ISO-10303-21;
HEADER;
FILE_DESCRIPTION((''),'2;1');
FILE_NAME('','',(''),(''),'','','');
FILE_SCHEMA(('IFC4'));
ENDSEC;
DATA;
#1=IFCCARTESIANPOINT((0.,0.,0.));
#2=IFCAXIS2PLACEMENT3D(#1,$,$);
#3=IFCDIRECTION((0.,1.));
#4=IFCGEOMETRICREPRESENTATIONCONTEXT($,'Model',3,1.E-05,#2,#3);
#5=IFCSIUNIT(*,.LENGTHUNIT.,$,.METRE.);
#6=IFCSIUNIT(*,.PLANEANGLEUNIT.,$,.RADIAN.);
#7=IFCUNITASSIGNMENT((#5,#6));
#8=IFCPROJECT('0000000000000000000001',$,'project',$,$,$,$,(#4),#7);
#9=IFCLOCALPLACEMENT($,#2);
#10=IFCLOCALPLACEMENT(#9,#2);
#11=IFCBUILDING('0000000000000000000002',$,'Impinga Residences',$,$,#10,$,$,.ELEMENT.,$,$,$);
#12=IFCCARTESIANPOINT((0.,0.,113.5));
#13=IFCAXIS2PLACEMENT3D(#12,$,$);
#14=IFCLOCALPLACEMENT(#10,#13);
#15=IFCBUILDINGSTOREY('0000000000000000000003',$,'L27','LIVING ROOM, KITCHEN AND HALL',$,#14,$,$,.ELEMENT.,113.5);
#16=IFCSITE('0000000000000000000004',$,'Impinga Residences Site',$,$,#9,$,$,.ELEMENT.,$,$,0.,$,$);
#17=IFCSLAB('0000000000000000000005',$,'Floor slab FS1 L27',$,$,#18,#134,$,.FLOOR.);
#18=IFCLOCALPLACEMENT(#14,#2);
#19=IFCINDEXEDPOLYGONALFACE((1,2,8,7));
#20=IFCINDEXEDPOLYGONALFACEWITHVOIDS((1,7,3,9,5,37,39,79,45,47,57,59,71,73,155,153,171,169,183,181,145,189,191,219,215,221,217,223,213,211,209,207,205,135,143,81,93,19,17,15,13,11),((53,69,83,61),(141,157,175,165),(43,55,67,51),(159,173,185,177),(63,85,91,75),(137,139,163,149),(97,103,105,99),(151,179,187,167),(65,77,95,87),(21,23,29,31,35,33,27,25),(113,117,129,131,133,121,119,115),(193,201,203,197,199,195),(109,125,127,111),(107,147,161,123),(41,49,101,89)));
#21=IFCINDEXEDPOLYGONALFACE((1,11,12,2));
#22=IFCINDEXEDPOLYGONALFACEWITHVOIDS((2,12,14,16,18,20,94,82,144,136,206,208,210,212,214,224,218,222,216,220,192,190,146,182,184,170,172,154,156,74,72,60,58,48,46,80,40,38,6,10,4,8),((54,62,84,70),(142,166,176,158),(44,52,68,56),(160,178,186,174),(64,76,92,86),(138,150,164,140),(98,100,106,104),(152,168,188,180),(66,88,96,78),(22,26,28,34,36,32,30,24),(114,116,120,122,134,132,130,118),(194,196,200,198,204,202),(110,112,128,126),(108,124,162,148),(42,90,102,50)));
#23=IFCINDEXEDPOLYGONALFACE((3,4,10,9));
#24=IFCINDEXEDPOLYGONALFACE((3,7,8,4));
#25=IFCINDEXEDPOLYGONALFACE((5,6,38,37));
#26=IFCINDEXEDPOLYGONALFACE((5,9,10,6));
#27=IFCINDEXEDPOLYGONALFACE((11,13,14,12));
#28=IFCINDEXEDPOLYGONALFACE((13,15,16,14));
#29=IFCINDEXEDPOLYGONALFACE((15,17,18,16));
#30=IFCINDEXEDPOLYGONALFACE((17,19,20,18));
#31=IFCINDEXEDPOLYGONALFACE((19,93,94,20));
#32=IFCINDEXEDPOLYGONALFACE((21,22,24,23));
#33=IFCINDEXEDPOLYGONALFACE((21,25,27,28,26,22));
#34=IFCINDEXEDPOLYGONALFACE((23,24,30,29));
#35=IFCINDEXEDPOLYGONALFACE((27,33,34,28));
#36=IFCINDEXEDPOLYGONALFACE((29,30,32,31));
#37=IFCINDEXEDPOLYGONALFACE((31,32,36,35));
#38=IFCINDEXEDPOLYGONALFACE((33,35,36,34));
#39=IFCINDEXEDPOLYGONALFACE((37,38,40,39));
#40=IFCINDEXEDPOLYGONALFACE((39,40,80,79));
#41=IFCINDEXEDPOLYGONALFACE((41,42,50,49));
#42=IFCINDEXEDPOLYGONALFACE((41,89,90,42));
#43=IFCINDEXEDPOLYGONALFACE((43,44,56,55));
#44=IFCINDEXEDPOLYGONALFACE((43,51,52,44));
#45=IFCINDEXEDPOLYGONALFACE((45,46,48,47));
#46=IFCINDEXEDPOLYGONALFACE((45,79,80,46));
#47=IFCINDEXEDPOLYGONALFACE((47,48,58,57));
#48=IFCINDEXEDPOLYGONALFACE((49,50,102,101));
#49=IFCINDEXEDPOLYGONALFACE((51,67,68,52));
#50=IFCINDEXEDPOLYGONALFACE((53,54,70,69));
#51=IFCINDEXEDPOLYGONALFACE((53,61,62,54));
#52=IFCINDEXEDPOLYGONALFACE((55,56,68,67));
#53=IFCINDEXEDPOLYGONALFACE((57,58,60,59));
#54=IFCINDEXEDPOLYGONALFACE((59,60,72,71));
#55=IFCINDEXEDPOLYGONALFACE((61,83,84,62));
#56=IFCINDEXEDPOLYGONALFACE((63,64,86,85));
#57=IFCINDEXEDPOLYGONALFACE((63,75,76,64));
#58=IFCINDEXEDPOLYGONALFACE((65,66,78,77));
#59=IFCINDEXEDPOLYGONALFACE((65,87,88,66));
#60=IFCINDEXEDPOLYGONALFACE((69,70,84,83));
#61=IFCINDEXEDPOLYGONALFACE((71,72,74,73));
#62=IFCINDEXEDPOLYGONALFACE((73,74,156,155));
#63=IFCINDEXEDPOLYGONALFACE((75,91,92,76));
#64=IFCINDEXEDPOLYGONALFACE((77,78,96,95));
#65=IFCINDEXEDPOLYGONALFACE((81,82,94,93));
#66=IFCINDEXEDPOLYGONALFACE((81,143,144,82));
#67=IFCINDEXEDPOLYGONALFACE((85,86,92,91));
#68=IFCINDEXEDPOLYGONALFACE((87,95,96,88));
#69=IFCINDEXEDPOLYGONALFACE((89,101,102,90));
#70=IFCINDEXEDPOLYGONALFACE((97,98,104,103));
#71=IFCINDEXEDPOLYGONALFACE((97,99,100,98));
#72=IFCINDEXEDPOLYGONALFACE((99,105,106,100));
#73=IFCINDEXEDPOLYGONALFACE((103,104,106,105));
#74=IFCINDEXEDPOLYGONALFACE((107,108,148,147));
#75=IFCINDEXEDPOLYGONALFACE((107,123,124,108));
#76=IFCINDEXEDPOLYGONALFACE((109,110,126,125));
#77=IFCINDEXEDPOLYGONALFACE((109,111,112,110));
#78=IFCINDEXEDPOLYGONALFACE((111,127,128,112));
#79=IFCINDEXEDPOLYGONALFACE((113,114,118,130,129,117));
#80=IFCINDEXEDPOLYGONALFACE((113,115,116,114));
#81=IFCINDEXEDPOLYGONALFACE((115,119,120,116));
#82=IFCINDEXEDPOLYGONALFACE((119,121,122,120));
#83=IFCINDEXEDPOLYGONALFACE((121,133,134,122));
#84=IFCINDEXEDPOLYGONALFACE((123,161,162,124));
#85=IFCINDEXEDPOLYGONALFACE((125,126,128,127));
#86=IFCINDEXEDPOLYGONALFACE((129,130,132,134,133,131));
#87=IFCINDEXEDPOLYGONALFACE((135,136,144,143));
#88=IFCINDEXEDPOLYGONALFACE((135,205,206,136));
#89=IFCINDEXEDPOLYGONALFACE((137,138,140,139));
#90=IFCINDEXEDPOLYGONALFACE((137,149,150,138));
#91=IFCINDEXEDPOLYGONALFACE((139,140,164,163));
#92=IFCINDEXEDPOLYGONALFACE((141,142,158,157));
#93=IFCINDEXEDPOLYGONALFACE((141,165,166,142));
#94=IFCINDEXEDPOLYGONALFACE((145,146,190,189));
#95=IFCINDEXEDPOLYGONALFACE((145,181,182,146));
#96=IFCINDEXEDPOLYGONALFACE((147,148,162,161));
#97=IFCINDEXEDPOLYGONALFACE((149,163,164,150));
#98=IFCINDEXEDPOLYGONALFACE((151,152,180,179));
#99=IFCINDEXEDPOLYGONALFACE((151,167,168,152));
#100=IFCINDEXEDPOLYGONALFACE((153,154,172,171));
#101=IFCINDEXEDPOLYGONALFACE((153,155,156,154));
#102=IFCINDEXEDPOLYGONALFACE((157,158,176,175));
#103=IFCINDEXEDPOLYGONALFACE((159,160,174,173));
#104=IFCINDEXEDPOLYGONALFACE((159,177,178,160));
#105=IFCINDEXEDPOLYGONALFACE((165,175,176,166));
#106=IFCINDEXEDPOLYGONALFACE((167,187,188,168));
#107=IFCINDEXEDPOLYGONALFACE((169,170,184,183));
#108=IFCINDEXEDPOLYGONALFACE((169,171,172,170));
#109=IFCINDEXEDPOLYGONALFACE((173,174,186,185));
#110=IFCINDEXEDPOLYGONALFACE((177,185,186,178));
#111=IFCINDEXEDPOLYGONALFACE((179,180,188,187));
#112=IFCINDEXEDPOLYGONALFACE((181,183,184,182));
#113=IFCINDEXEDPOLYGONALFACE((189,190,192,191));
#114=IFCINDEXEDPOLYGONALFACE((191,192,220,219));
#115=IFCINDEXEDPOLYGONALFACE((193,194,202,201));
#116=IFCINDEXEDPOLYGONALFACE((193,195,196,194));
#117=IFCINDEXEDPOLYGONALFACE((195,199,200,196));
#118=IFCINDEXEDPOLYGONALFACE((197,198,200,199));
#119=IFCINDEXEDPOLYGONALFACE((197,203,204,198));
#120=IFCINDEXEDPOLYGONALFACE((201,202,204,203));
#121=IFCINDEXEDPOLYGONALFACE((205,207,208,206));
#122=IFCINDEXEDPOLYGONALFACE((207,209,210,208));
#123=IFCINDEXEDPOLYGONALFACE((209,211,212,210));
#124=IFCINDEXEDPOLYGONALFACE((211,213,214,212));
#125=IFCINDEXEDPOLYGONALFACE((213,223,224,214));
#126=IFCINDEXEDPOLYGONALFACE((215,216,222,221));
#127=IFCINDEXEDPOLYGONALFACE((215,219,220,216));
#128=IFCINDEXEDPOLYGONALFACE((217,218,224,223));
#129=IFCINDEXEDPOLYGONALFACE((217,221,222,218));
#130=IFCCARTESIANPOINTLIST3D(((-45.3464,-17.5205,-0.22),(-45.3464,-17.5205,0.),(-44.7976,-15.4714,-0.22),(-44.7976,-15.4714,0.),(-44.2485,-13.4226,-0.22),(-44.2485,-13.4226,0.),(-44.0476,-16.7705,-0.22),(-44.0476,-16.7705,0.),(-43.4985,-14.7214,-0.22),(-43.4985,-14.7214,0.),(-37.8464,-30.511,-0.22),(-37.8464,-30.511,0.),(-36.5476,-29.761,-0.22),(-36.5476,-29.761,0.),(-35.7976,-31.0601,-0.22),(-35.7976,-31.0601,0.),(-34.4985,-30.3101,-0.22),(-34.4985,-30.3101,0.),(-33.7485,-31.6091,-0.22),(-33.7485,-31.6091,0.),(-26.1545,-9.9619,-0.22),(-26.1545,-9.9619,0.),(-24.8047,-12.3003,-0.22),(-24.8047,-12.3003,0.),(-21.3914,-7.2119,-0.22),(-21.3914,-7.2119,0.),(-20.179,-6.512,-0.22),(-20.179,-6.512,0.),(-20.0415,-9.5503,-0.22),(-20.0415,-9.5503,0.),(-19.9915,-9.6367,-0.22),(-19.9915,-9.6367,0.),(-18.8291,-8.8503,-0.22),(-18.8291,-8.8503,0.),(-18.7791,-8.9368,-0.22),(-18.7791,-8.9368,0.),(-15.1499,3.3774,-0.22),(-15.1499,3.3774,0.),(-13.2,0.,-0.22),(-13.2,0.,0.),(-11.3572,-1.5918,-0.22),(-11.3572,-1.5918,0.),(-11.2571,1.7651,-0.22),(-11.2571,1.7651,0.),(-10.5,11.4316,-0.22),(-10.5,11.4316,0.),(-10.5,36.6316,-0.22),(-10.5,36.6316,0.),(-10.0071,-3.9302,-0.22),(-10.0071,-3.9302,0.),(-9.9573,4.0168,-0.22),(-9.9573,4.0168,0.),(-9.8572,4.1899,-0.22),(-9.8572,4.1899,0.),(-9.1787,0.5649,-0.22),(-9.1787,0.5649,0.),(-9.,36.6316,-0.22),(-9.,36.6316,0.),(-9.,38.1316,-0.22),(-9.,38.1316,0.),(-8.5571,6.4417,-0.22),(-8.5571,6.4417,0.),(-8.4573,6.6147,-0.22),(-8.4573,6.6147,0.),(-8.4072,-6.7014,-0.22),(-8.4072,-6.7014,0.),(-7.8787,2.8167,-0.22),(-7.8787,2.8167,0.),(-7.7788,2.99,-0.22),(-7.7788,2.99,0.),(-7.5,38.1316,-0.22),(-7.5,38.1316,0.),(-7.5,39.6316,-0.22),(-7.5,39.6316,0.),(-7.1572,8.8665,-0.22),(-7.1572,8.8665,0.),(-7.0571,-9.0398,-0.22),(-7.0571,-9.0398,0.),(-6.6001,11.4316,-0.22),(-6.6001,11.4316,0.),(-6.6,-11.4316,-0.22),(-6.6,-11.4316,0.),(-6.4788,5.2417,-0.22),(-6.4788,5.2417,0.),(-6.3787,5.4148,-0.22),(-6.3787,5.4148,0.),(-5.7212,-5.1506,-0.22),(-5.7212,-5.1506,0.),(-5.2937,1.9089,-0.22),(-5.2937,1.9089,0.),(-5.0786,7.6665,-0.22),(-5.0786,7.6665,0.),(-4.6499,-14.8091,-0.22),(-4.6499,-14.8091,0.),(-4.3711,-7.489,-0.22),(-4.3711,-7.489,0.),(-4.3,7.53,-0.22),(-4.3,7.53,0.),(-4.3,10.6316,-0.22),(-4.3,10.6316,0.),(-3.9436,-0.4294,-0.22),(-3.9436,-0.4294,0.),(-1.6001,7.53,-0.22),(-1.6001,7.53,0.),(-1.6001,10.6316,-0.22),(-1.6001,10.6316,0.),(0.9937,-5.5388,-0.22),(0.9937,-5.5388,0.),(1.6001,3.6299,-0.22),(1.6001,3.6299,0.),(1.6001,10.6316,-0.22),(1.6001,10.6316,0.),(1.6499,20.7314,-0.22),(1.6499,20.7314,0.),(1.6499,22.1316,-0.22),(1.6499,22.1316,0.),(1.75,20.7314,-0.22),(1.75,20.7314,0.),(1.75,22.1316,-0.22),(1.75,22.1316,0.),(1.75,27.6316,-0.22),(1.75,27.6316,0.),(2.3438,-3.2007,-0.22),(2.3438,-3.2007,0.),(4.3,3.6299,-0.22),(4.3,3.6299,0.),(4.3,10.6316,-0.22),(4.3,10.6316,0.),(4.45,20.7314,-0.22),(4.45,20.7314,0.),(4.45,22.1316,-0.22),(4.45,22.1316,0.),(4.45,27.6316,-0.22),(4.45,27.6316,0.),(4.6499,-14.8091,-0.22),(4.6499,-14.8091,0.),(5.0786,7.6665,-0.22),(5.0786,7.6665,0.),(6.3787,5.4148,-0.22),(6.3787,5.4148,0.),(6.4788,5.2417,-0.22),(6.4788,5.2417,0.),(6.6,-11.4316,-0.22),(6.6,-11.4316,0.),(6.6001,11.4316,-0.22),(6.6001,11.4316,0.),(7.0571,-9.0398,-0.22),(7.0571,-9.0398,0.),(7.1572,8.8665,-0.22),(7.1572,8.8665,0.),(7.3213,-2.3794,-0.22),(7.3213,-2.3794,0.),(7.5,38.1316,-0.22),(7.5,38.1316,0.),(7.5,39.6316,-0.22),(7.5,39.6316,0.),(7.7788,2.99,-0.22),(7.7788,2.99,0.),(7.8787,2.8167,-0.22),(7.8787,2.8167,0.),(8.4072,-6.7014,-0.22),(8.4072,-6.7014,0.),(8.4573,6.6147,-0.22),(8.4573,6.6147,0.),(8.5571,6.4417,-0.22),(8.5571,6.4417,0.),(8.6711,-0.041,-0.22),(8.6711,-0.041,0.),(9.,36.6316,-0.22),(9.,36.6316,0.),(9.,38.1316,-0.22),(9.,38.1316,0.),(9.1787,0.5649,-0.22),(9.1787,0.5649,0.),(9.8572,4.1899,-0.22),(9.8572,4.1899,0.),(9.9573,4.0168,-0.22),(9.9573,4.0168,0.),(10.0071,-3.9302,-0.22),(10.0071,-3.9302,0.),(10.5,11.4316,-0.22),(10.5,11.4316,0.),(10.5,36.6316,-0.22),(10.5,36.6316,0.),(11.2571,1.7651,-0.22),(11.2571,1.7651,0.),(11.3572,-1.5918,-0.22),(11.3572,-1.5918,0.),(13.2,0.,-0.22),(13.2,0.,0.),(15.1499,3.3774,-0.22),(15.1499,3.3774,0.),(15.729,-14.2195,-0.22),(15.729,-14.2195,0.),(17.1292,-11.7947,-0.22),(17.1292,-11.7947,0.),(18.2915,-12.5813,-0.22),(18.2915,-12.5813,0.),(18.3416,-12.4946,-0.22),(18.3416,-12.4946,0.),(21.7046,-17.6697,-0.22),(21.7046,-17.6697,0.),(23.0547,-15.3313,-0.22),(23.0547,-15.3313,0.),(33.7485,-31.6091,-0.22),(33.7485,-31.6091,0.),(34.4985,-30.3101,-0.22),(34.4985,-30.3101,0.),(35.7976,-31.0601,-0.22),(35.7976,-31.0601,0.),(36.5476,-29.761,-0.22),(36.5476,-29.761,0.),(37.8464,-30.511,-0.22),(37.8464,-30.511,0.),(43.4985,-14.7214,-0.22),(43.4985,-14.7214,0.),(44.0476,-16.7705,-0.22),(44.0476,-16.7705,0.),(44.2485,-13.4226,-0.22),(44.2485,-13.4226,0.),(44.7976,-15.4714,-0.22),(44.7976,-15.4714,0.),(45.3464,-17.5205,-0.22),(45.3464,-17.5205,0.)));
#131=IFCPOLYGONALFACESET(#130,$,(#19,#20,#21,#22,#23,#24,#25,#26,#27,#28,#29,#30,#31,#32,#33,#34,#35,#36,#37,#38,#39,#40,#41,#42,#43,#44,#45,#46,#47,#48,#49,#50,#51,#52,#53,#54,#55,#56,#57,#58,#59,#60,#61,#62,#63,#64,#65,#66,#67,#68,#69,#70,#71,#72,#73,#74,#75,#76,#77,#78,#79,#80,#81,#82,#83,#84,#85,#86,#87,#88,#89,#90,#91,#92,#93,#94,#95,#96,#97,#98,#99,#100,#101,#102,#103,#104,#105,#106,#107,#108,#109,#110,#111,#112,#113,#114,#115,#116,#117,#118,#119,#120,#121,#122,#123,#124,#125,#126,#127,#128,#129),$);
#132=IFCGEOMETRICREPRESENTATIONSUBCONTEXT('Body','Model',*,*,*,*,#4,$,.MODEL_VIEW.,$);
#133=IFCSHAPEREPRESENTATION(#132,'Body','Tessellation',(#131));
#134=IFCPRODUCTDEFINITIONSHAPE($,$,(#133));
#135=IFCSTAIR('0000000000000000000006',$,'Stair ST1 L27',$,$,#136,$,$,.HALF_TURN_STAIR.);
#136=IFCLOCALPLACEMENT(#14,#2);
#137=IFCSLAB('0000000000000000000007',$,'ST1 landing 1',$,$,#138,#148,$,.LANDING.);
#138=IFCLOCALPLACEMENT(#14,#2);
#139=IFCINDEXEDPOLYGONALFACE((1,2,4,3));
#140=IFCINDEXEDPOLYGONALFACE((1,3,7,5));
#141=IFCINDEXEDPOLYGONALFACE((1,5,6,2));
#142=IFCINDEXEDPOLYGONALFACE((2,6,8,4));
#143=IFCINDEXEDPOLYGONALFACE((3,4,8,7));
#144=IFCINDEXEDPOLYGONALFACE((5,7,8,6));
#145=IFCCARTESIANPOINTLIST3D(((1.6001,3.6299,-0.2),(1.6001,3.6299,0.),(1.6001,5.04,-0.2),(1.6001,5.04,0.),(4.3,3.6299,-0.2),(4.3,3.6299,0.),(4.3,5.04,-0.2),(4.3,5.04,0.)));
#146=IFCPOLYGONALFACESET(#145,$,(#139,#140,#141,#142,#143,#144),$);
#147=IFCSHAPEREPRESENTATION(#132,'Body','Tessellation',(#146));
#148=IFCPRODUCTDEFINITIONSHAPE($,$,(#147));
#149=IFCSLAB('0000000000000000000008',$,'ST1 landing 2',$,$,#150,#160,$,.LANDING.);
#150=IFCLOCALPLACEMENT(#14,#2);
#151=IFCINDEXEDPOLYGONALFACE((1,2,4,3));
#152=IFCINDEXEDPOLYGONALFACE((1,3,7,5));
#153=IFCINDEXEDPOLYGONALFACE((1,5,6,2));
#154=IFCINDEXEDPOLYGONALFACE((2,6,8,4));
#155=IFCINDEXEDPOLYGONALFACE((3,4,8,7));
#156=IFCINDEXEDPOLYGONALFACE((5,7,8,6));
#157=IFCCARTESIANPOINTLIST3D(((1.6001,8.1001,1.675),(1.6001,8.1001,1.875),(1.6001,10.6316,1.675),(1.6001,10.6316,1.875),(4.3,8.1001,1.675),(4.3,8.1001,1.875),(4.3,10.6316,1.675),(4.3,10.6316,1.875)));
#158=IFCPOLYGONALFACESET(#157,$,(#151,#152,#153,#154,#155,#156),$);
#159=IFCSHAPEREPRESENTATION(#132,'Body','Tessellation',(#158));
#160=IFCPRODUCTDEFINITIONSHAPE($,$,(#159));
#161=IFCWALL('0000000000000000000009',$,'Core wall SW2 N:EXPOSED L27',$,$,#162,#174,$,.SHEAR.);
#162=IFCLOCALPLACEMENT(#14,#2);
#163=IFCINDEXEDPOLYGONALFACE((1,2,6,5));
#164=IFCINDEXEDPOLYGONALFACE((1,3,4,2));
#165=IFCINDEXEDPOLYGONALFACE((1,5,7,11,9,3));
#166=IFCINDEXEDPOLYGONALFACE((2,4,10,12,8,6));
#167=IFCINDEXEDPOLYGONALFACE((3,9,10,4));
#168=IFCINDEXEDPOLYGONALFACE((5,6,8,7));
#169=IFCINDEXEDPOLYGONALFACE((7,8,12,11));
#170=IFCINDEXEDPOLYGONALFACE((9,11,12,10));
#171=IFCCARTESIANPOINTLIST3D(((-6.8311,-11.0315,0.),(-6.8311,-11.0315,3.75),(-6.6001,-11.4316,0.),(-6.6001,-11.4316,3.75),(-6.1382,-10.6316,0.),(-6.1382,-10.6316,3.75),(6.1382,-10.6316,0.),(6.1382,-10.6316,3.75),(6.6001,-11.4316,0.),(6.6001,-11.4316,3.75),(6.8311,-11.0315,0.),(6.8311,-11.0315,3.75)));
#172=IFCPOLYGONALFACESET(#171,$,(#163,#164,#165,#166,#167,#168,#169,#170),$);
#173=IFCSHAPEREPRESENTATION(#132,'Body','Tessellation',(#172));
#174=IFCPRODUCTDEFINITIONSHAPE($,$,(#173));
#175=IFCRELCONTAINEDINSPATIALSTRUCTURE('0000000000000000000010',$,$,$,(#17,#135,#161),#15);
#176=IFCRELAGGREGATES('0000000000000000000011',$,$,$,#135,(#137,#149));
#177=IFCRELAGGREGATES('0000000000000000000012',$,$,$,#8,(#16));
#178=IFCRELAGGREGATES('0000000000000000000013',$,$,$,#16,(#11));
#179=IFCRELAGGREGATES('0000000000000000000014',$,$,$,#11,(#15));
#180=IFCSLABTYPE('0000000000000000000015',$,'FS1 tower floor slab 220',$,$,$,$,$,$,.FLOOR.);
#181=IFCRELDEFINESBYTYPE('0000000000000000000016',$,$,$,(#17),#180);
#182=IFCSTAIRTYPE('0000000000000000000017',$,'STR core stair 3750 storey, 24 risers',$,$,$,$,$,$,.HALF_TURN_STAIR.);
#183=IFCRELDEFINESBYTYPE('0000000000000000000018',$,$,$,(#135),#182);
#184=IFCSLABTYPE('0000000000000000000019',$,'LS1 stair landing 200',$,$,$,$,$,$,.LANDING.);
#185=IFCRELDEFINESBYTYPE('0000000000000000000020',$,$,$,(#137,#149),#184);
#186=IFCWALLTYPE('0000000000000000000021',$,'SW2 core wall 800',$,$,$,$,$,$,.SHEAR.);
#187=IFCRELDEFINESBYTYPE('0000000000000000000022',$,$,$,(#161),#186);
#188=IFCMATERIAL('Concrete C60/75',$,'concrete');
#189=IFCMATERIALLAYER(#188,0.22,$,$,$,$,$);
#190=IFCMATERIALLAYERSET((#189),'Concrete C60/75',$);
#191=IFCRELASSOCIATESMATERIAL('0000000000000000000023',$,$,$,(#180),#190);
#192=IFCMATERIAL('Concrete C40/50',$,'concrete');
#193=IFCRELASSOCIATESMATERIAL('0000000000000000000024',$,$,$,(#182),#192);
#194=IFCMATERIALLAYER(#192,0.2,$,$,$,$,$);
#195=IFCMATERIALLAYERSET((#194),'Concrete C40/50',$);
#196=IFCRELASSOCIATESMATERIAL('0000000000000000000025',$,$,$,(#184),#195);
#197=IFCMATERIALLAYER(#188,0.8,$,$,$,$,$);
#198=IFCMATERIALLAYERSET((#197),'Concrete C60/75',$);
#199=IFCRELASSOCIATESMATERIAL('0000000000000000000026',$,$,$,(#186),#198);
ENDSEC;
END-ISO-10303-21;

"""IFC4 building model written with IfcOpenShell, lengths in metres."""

from ifc_helpers import new_model, si_unit, direction, frame, origin, place, context, subcontext, project, spatial, polyline, outline, extrude, material, layer, layer_set, type_object, element, aggregate, save


model = new_model("IFC4")

# Units and contexts
model_context = context("Model", 3, precision=1e-05, world=origin(), true_north=direction((0.0, 1.0)))
body_context = subcontext(model_context, "Body", "Model", "MODEL_VIEW")
ifc_project = project(units=[si_unit("LENGTHUNIT", "METRE"), si_unit("PLANEANGLEUNIT", "RADIAN")], contexts=[model_context])

# Site, building, storey
site_placement = place(None, origin())
site = spatial("IfcSite", under=ifc_project, at=site_placement, Name="Impinga Residences Site", CompositionType="ELEMENT", RefElevation=0.0)
building_placement = place(site_placement, origin())
building = spatial("IfcBuilding", under=site, at=building_placement, Name="Impinga Residences", CompositionType="ELEMENT")
storey_placement = place(building_placement, frame((0.0, 0.0, 113.5)))
storey = spatial("IfcBuildingStorey", under=building, at=storey_placement, Name="L27", Description="LIVING ROOM, KITCHEN AND HALL", CompositionType="ELEMENT", Elevation=113.5)

# Slab
ifc_material_1 = material(Name="Concrete C60/75", Category="concrete")
ifc_layer_1 = layer(ifc_material_1, 0.22)
ifc_layer_set_1 = layer_set([ifc_layer_1], Name="Concrete C60/75")
slab_type_1 = type_object("IfcSlabType", Name="FS1 tower floor slab 220", PredefinedType="FLOOR", material=ifc_layer_set_1)
slab_1_placement = place(storey_placement, frame((0.0, 0.0, -0.22)))
element("IfcSlab", 1, at=slab_1_placement, inside=storey, type_object=slab_type_1, Name="Floor slab FS1 L27", PredefinedType="FLOOR", context=body_context, shape_type="SweptSolid", body=[
    extrude(outline(polyline([(-34.4985, -30.3101), (-35.7976, -31.0601), (-36.5476, -29.761), (-37.8464, -30.511), (-45.3464, -17.5205), (-44.0476, -16.7705), (-44.7976, -15.4714), (-43.4985, -14.7214), (-44.2485, -13.4226), (-15.1499, 3.3774), (-13.2, 0.0), (-6.6001, 11.4316), (-10.5, 11.4316), (-10.5, 36.6316), (-9.0, 36.6316), (-9.0, 38.1316), (-7.5, 38.1316), (-7.5, 39.6316), (7.5, 39.6316), (7.5, 38.1316), (9.0, 38.1316), (9.0, 36.6316), (10.5, 36.6316), (10.5, 11.4316), (6.6001, 11.4316), (13.2, 0.0), (15.1499, 3.3774), (44.2485, -13.4226), (43.4985, -14.7214), (44.7976, -15.4714), (44.0476, -16.7705), (45.3464, -17.5205), (37.8464, -30.511), (36.5476, -29.761), (35.7976, -31.0601), (34.4985, -30.3101), (33.7485, -31.6091), (4.6499, -14.8091), (9.9001, -5.7158), (6.6001, -11.4316), (-6.6001, -11.4316), (-9.9001, -5.7158), (-4.6499, -14.8091), (-33.7485, -31.6091), (-34.4985, -30.3101)]), holes=[polyline([(-18.7791, -8.9368), (-18.8291, -8.8503), (-18.8291, -8.8503), (-20.179, -6.512), (-21.3914, -7.2119), (-21.3914, -7.2119), (-26.1545, -9.9619), (-24.8047, -12.3003), (-20.0415, -9.5503), (-19.9915, -9.6367), (-18.7791, -8.9368)]), polyline([(-4.3711, -7.489), (-5.7212, -5.1506), (-8.4072, -6.7014), (-7.0571, -9.0398), (-4.3711, -7.489)]), polyline([(-3.9436, -0.4294), (-5.2937, 1.9089), (-11.3572, -1.5918), (-10.0071, -3.9302), (-3.9436, -0.4294)]), polyline([(-7.8787, 2.8167), (-9.9573, 4.0168), (-11.2571, 1.7651), (-9.1787, 0.5649), (-7.8787, 2.8167)]), polyline([(-6.4788, 5.2417), (-8.5571, 6.4417), (-9.8572, 4.1899), (-7.7788, 2.99), (-6.4788, 5.2417)]), polyline([(4.3, 3.6299), (4.3, 10.6316), (1.6001, 10.6316), (1.6001, 3.6299), (4.3, 3.6299)]), polyline([(-6.3787, 5.4148), (-5.0786, 7.6665), (-7.1572, 8.8665), (-8.4573, 6.6147), (-6.3787, 5.4148)]), polyline([(-4.3, 7.53), (-1.6001, 7.53), (-1.6001, 10.6316), (-4.3, 10.6316), (-4.3, 7.53)]), polyline([(4.45, 20.7314), (4.45, 22.1316), (4.45, 27.6316), (1.75, 27.6316), (1.75, 22.1316), (1.6499, 22.1316), (1.6499, 20.7314), (1.75, 20.7314), (4.45, 20.7314)]), polyline([(15.729, -14.2195), (21.7046, -17.6697), (23.0547, -15.3313), (18.2915, -12.5813), (18.3416, -12.4946), (17.1292, -11.7947), (15.729, -14.2195)]), polyline([(2.3438, -3.2007), (0.9937, -5.5388), (7.0571, -9.0398), (8.4072, -6.7014), (2.3438, -3.2007)]), polyline([(7.3213, -2.3794), (10.0071, -3.9302), (11.3572, -1.5918), (8.6711, -0.041), (7.3213, -2.3794)]), polyline([(7.8787, 2.8167), (9.1787, 0.5649), (11.2571, 1.7651), (9.9573, 4.0168), (7.8787, 2.8167)]), polyline([(6.4788, 5.2417), (7.7788, 2.99), (9.8572, 4.1899), (8.5571, 6.4417), (6.4788, 5.2417)]), polyline([(6.3787, 5.4148), (8.4573, 6.6147), (7.1572, 8.8665), (5.0786, 7.6665), (6.3787, 5.4148)])]), origin(), (0.0, 0.0, 1.0), 0.22),
])

# Stair, slabs
ifc_material_2 = material(Name="Concrete C40/50", Category="concrete")
stair_type = type_object("IfcStairType", Name="STR core stair 3750 storey, 24 risers", PredefinedType="HALF_TURN_STAIR", material=ifc_material_2)
stair_1_placement = place(storey_placement, origin())
stair_1 = element("IfcStair", 2, at=stair_1_placement, inside=storey, type_object=stair_type, Name="Stair ST1 L27", PredefinedType="HALF_TURN_STAIR")
ifc_layer_2 = layer(ifc_material_2, 0.2)
ifc_layer_set_2 = layer_set([ifc_layer_2], Name="Concrete C40/50")
slab_type_2 = type_object("IfcSlabType", Name="LS1 stair landing 200", PredefinedType="LANDING", material=ifc_layer_set_2)
slab_2_placement = place(storey_placement, frame((0.0, 0.0, -0.2)))
slab_2 = element("IfcSlab", 3, at=slab_2_placement, type_object=slab_type_2, Name="ST1 landing 1", PredefinedType="LANDING", context=body_context, shape_type="SweptSolid", body=[
    extrude(outline(polyline([(1.6001, 3.6299), (4.3, 3.6299), (4.3, 5.04), (1.6001, 5.04), (1.6001, 3.6299)])), origin(), (0.0, 0.0, 1.0), 0.2),
])
slab_3_placement = place(storey_placement, frame((0.0, 0.0, 1.675)))
slab_3 = element("IfcSlab", 4, at=slab_3_placement, type_object=slab_type_2, Name="ST1 landing 2", PredefinedType="LANDING", context=body_context, shape_type="SweptSolid", body=[
    extrude(outline(polyline([(1.6001, 8.1001), (4.3, 8.1001), (4.3, 10.6316), (1.6001, 10.6316), (1.6001, 8.1001)])), origin(), (0.0, 0.0, 1.0), 0.2),
])
aggregate(stair_1, [slab_2, slab_3])

# Wall
ifc_layer_3 = layer(ifc_material_1, 0.8)
ifc_layer_set_3 = layer_set([ifc_layer_3], Name="Concrete C60/75")
wall_type_1 = type_object("IfcWallType", Name="SW2 core wall 800", PredefinedType="SHEAR", material=ifc_layer_set_3)
wall_1_placement = place(storey_placement, origin())
element("IfcWall", 5, at=wall_1_placement, inside=storey, type_object=wall_type_1, Name="Core wall SW2 N:EXPOSED L27", PredefinedType="SHEAR", context=body_context, shape_type="SweptSolid", body=[
    extrude(outline(polyline([(-6.6001, -11.4316), (6.6001, -11.4316), (6.8311, -11.0315), (6.1382, -10.6316), (-6.1382, -10.6316), (-6.8311, -11.0315), (-6.6001, -11.4316)])), origin(), (0.0, 0.0, 1.0), 3.75),
])

save(model, "model.ifc")
